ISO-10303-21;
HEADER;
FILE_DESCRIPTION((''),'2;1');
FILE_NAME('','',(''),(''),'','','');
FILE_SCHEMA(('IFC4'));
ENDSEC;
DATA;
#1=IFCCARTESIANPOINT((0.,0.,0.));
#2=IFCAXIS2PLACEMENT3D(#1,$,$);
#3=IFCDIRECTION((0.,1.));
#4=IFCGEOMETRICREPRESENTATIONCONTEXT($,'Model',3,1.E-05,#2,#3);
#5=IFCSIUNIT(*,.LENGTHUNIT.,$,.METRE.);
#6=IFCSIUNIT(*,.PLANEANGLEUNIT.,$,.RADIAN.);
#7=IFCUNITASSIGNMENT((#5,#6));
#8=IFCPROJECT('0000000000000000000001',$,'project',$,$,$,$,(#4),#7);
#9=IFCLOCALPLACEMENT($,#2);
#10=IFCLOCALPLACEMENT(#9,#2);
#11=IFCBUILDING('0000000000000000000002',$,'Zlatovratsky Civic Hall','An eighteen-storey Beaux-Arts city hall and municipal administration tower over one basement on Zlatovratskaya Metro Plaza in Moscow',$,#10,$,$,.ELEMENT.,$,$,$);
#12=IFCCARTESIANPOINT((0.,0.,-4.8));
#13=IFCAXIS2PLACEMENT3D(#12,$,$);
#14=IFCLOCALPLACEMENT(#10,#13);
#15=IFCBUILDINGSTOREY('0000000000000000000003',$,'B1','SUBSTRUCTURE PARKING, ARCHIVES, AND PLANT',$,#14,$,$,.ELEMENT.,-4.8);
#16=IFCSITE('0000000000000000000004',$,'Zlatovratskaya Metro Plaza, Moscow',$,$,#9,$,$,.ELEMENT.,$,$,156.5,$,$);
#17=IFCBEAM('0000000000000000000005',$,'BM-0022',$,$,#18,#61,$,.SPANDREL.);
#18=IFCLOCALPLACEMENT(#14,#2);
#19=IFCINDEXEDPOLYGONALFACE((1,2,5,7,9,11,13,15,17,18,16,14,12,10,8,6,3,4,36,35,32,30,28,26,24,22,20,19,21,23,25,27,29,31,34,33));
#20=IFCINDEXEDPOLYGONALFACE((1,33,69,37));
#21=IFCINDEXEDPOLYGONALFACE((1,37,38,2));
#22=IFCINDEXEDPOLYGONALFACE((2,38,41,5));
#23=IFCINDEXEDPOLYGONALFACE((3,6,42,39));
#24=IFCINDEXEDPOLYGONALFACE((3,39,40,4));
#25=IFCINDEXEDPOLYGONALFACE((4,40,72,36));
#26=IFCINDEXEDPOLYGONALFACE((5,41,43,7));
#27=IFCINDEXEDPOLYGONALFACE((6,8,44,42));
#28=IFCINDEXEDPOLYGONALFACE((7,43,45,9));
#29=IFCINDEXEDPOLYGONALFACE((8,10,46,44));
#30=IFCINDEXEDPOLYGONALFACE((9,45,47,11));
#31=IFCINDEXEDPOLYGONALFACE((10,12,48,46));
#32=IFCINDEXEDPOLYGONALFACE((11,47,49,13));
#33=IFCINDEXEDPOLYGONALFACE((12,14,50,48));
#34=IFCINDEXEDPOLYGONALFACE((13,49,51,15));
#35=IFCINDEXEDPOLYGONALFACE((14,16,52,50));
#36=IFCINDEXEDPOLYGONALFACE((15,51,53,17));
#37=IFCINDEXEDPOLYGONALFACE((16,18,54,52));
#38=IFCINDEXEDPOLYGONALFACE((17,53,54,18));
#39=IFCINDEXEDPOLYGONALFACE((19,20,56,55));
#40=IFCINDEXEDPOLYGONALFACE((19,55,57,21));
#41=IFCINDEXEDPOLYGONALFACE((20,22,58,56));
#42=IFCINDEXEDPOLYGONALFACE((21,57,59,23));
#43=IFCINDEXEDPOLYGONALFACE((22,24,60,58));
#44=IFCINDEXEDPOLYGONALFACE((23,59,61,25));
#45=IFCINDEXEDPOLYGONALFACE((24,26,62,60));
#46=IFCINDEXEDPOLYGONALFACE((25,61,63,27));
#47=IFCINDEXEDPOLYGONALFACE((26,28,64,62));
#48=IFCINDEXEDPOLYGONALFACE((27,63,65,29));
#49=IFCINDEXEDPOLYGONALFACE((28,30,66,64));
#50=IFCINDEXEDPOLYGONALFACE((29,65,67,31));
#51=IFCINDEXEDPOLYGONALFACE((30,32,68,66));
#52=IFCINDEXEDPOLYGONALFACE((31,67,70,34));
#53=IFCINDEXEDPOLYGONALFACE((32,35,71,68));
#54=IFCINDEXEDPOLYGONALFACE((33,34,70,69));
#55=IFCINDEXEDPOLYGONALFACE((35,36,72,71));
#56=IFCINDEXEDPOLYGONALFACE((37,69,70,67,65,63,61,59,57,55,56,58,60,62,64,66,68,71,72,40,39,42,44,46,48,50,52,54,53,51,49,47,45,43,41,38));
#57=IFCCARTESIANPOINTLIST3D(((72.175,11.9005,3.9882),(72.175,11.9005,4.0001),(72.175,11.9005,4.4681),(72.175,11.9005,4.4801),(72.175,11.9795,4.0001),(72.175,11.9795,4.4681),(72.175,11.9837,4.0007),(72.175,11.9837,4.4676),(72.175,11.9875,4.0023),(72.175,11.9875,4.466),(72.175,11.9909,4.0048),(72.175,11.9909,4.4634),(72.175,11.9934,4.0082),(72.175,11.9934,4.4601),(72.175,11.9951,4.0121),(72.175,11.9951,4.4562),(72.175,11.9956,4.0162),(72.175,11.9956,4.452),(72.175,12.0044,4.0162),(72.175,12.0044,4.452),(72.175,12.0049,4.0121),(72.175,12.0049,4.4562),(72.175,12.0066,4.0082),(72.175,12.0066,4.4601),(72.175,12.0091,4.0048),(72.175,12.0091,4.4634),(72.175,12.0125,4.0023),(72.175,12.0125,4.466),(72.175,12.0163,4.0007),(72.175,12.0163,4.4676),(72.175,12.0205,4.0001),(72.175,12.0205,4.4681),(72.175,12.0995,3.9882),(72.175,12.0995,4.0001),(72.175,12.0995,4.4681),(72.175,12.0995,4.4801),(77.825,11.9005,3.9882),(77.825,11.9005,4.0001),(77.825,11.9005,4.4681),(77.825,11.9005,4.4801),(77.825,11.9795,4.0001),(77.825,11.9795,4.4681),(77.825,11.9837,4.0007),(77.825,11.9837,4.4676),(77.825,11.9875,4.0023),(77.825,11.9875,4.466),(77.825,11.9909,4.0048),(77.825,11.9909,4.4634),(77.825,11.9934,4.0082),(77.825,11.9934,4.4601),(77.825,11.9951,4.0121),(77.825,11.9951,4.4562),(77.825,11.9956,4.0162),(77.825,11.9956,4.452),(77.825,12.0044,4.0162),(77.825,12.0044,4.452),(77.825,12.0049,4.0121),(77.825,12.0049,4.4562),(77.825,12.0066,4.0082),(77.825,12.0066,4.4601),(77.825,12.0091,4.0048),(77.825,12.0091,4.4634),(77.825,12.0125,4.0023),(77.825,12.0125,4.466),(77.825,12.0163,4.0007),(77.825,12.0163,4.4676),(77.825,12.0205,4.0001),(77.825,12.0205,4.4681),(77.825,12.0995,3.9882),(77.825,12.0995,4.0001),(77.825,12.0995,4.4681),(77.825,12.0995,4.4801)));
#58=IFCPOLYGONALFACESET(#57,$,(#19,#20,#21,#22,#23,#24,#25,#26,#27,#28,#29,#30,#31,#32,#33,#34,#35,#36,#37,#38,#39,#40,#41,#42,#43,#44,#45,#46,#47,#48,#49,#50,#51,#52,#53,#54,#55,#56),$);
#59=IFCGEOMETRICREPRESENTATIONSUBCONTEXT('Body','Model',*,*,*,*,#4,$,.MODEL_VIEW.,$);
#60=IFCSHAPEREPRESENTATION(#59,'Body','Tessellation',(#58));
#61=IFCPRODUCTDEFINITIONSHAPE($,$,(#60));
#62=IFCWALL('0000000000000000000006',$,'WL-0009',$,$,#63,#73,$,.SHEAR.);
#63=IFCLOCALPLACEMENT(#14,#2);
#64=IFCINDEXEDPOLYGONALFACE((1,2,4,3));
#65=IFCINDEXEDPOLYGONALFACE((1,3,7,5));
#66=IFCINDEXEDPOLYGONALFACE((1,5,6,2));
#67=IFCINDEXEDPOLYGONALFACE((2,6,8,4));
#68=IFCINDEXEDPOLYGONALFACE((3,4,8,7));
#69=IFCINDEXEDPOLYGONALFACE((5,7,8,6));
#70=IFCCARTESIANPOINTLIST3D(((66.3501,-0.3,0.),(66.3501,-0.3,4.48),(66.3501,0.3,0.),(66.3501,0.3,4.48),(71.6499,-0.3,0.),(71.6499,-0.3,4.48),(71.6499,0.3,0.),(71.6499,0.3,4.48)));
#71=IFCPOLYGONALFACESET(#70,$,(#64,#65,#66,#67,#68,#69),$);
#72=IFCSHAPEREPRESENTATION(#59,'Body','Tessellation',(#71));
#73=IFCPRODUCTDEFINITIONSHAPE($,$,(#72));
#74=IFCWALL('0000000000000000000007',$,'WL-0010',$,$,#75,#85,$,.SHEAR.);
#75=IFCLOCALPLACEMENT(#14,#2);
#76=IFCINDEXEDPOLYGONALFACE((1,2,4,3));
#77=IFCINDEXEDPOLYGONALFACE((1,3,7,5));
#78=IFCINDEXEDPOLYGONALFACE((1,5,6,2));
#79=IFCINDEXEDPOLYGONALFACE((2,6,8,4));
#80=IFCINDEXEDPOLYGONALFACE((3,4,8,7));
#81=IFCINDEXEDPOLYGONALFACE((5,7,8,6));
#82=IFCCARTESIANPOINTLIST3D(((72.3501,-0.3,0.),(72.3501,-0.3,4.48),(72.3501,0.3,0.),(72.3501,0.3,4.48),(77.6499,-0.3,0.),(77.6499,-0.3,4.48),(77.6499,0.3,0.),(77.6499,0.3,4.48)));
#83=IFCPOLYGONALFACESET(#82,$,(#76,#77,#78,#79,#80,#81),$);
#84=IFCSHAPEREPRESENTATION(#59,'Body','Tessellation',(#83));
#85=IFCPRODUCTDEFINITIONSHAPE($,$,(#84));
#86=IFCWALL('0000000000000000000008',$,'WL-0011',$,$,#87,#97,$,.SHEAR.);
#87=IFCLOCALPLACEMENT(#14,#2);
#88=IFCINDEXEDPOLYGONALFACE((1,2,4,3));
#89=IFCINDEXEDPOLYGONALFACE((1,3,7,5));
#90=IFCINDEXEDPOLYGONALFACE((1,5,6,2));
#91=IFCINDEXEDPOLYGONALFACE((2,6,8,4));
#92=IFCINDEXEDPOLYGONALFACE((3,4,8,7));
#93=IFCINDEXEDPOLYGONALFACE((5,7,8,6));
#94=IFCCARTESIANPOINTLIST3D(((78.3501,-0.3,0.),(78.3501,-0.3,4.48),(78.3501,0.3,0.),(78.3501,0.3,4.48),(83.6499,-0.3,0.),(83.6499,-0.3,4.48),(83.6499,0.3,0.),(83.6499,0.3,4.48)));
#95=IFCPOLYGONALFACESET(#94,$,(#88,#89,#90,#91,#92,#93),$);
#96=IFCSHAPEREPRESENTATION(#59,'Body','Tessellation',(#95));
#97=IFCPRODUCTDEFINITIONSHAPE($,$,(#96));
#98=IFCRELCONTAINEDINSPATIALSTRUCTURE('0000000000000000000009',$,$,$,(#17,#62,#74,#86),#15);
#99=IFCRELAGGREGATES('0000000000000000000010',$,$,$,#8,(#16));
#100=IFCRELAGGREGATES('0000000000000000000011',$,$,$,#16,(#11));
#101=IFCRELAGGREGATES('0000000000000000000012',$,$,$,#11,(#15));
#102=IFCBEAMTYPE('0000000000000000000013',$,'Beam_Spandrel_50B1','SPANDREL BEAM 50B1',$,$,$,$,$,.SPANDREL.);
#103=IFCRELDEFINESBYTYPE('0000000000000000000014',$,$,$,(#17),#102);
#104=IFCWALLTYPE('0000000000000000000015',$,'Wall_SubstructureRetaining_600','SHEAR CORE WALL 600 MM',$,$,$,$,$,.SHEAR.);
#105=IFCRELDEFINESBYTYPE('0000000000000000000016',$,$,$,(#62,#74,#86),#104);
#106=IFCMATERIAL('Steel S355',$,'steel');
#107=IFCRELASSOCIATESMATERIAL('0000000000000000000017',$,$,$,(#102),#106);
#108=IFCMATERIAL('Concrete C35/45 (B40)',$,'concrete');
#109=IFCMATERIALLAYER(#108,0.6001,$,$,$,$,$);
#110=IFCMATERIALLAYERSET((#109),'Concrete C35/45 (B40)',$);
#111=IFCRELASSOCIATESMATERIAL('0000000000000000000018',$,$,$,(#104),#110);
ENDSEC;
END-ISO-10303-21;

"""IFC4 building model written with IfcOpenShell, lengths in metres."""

from ifc_helpers import new_model, si_unit, direction, frame, frame_2d, origin, origin_2d, place, context, subcontext, project, spatial, rectangle, i_section, extrude, material, layer, layer_set, material_profile, profile_set, type_object, element, save


model = new_model("IFC4")

# Units and contexts
model_context = context("Model", 3, precision=1e-05, world=origin(), true_north=direction((0.0, 1.0)))
body_context = subcontext(model_context, "Body", "Model", "MODEL_VIEW")
ifc_project = project(units=[si_unit("LENGTHUNIT", "METRE"), si_unit("PLANEANGLEUNIT", "RADIAN")], contexts=[model_context])

# Site, building, storey
site_placement = place(None, origin())
site = spatial("IfcSite", under=ifc_project, at=site_placement, Name="Zlatovratskaya Metro Plaza, Moscow", CompositionType="ELEMENT", RefElevation=156.5)
building_placement = place(site_placement, origin())
building = spatial("IfcBuilding", under=site, at=building_placement, Name="Zlatovratsky Civic Hall", Description="An eighteen-storey Beaux-Arts city hall and municipal administration tower over one basement on Zlatovratskaya Metro Plaza in Moscow", CompositionType="ELEMENT")
storey_placement = place(building_placement, frame((0.0, 0.0, -4.8)))
storey = spatial("IfcBuildingStorey", under=building, at=storey_placement, Name="B1", Description="SUBSTRUCTURE PARKING, ARCHIVES, AND PLANT", CompositionType="ELEMENT", Elevation=-4.8)

# Shared definitions
ifc_material_1 = material(Name="Concrete C35/45 (B40)", Category="concrete")
ifc_material_2 = material(Name="Steel S355", Category="steel")

# Beam
ifc_material_profile_1 = material_profile(ifc_material_2, i_section(OverallWidth=0.199, OverallDepth=0.4919, WebThickness=0.0088, FlangeThickness=0.012, FilletRadius=0.0161, at=origin_2d()), Name="50B1")
ifc_profile_set_1 = profile_set([ifc_material_profile_1], Name="Steel S355")
beam_type = type_object("IfcBeamType", Name="Beam_Spandrel_50B1", Description="SPANDREL BEAM 50B1", PredefinedType="SPANDREL", material=ifc_profile_set_1)
for number, where, z_axis, x_axis, name in (
    (1, (72.175, 12.0, 4.2341), (1.0, 0.0, 0.0), (0.0, 1.0, 0.0), "BM-0022"),
):
    element("IfcBeam", number, at=place(storey_placement, frame(where, z_axis=z_axis, x_axis=x_axis)), inside=storey, type_object=beam_type, Name=name, PredefinedType="SPANDREL", context=body_context, shape_type="SweptSolid", body=[
        extrude(i_section(OverallWidth=0.199, OverallDepth=0.4919, WebThickness=0.0088, FlangeThickness=0.012, FilletRadius=0.0161, at=origin_2d()), origin(), (0.0, 0.0, 1.0), 5.6499),
    ])

# Walls
ifc_layer = layer(ifc_material_1, 0.6001)
ifc_layer_set = layer_set([ifc_layer], Name="Concrete C35/45 (B40)")
wall_type = type_object("IfcWallType", Name="Wall_SubstructureRetaining_600", Description="SHEAR CORE WALL 600 MM", PredefinedType="SHEAR", material=ifc_layer_set)
for number, where, z_axis, x_axis, name in (
    (2, (66.3501, 0.0, 0.0), (0.0, 0.0, 1.0), (1.0, 0.0, 0.0), "WL-0009"),
    (3, (72.3501, 0.0, 0.0), (0.0, 0.0, 1.0), (1.0, 0.0, 0.0), "WL-0010"),
    (4, (78.3501, 0.0, 0.0), (0.0, 0.0, 1.0), (1.0, 0.0, 0.0), "WL-0011"),
):
    element("IfcWall", number, at=place(storey_placement, frame(where, z_axis=z_axis, x_axis=x_axis)), inside=storey, type_object=wall_type, Name=name, PredefinedType="SHEAR", context=body_context, shape_type="SweptSolid", body=[
        extrude(rectangle(XDim=5.2998, YDim=0.6001, at=frame_2d((2.6499, 0.0))), origin(), (0.0, 0.0, 1.0), 4.48),
    ])

save(model, "model.ifc")
